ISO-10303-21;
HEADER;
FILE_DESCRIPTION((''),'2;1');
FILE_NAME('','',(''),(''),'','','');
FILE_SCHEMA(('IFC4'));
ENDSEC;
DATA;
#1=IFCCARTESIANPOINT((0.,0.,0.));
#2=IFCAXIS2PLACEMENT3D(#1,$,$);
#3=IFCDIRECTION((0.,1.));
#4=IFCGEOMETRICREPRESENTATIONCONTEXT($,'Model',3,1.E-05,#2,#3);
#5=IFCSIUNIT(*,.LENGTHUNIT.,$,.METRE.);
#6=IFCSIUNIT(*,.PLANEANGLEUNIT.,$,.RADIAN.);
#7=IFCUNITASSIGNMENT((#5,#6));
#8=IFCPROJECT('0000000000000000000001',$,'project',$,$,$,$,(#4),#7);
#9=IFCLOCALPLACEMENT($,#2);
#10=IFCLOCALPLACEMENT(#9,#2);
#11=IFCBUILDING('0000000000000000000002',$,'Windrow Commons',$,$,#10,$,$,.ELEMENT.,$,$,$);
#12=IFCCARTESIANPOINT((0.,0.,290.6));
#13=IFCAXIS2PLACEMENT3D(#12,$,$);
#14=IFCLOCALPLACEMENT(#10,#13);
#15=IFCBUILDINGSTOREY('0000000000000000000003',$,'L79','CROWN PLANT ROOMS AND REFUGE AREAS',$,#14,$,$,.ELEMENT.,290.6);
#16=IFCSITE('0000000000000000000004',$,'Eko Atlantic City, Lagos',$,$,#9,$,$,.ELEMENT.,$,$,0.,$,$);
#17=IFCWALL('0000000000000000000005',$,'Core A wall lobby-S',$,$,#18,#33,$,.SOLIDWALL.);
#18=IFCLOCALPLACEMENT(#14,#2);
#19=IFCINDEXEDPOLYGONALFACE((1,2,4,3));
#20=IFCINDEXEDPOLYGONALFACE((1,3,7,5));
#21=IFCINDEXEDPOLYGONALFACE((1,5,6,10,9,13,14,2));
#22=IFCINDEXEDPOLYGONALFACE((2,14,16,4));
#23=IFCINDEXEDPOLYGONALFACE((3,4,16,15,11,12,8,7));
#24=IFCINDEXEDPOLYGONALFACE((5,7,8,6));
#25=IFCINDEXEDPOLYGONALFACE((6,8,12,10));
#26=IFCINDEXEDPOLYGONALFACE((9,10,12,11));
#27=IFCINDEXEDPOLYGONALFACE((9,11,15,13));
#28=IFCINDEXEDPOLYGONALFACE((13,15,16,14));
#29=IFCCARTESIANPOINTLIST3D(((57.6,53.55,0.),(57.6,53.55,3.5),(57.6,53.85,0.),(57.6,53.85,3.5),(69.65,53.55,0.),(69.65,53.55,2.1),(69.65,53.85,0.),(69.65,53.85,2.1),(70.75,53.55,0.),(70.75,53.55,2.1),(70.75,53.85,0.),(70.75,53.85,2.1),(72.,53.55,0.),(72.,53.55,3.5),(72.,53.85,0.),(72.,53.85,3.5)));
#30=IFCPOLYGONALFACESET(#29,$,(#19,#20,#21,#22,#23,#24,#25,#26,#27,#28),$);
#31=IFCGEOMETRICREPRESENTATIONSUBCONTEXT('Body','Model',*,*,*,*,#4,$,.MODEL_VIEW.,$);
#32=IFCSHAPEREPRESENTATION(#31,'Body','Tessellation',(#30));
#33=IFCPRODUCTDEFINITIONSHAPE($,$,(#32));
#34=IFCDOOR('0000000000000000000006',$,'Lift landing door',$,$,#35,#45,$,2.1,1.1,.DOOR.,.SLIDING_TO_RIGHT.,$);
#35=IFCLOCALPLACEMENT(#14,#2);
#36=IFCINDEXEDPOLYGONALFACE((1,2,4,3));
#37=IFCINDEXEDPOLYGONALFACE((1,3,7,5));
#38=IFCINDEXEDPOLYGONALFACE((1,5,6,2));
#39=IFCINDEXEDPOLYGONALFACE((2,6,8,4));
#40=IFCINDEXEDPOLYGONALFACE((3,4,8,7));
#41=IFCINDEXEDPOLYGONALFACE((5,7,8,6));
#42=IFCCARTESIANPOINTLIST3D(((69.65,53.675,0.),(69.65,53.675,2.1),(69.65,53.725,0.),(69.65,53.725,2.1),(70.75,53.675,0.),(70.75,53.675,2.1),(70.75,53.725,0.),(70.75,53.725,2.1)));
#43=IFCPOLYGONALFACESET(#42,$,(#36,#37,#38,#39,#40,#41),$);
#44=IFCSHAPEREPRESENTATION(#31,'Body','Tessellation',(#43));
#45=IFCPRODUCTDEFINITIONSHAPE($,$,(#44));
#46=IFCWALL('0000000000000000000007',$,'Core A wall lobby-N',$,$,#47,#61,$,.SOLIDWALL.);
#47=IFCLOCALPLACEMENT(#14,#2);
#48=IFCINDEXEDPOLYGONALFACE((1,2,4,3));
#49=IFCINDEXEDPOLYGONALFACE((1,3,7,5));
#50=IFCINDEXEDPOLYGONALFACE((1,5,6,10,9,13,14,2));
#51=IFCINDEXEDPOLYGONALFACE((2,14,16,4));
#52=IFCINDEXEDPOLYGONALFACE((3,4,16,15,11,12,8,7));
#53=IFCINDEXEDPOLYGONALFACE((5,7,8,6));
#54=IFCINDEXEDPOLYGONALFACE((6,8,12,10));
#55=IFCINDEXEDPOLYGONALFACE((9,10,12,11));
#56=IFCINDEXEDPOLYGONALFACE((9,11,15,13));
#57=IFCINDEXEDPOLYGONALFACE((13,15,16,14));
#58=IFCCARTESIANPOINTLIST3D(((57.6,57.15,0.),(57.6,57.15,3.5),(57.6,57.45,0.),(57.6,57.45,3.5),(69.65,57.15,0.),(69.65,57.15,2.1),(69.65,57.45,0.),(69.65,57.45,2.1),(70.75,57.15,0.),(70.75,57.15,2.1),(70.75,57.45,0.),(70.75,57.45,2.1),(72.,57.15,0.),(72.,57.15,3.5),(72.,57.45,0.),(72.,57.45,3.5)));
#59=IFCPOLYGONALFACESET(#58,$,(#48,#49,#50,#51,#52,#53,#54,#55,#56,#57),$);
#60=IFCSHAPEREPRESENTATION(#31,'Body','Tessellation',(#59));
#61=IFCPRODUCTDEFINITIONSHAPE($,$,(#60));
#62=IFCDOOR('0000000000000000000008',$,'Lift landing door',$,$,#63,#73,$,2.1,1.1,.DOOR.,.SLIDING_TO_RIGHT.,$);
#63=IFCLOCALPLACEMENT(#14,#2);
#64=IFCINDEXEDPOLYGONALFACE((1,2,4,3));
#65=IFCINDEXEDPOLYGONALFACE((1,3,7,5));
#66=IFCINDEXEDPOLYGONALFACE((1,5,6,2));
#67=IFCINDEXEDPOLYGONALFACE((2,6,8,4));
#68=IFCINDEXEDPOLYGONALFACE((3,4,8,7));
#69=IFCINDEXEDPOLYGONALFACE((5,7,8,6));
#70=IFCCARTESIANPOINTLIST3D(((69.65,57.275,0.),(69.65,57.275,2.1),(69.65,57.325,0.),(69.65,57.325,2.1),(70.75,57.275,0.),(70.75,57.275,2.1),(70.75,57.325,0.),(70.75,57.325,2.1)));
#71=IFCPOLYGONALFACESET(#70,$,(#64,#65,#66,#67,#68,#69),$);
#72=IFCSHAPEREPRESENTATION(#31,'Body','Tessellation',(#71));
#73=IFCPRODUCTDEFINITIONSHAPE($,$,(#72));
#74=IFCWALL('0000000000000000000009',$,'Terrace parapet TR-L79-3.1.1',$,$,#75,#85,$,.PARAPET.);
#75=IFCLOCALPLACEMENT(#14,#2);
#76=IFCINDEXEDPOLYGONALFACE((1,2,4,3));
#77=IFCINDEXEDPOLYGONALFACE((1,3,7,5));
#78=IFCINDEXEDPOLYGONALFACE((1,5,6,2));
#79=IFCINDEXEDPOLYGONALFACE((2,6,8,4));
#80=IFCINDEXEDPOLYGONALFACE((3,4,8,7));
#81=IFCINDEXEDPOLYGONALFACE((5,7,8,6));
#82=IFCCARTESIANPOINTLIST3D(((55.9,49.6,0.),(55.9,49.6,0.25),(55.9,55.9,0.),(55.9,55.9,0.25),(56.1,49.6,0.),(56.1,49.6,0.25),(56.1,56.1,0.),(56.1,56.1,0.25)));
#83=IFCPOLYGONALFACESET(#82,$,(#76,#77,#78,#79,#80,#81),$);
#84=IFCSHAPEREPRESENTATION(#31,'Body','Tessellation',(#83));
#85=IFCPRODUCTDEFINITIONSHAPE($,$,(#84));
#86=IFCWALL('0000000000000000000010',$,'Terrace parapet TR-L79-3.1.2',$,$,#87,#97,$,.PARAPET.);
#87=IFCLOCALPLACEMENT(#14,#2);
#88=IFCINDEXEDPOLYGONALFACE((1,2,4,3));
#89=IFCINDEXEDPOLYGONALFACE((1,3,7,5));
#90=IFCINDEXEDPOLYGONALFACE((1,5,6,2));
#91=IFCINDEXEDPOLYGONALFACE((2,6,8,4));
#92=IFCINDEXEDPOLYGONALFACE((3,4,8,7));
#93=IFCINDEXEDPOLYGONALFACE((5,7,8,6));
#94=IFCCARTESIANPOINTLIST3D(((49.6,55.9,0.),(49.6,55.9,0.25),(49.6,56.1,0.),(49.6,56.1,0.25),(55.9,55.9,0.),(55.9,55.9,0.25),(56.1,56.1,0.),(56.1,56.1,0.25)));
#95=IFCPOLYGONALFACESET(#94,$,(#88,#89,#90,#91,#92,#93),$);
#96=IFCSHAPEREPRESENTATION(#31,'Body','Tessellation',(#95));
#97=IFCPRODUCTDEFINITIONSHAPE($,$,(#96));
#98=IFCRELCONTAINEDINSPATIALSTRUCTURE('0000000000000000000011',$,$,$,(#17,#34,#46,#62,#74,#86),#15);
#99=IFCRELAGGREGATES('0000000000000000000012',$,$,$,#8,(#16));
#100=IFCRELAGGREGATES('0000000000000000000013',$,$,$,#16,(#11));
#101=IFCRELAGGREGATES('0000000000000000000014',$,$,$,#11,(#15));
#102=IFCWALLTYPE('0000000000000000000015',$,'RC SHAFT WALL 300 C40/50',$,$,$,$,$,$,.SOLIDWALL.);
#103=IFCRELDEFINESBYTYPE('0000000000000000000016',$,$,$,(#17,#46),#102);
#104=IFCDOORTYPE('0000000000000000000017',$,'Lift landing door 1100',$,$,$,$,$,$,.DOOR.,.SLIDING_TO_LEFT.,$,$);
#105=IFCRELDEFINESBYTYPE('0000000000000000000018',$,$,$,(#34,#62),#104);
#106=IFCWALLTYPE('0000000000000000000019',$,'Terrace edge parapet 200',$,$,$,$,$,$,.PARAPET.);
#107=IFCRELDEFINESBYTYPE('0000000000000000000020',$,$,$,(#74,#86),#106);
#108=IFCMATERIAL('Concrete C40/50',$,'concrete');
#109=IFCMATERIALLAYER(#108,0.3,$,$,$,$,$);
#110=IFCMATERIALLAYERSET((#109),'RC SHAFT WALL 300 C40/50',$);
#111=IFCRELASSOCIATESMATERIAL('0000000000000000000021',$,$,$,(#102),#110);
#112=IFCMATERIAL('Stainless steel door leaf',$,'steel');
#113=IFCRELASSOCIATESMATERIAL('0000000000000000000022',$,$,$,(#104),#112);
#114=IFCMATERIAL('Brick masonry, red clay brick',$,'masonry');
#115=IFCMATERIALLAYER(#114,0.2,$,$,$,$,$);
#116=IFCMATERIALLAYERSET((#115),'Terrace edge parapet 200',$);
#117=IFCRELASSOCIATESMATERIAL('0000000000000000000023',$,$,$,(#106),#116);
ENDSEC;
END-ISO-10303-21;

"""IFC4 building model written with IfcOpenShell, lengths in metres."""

from ifc_helpers import new_model, si_unit, direction, frame, frame_2d, origin, place, context, subcontext, project, spatial, polyline, rectangle, outline, extrude, material, layer, layer_set, type_object, element, fill, save


model = new_model("IFC4")

# Units and contexts
model_context = context("Model", 3, precision=1e-05, world=origin(), true_north=direction((0.0, 1.0)))
body_context = subcontext(model_context, "Body", "Model", "MODEL_VIEW")
ifc_project = project(units=[si_unit("LENGTHUNIT", "METRE"), si_unit("PLANEANGLEUNIT", "RADIAN")], contexts=[model_context])

# Site, building, storey
site_placement = place(None, origin())
site = spatial("IfcSite", under=ifc_project, at=site_placement, Name="Eko Atlantic City, Lagos", CompositionType="ELEMENT", RefElevation=0.0)
building_placement = place(site_placement, origin())
building = spatial("IfcBuilding", under=site, at=building_placement, Name="Windrow Commons", CompositionType="ELEMENT")
storey_placement = place(building_placement, frame((0.0, 0.0, 290.6)))
storey = spatial("IfcBuildingStorey", under=building, at=storey_placement, Name="L79", Description="CROWN PLANT ROOMS AND REFUGE AREAS", CompositionType="ELEMENT", Elevation=290.6)

# Shared definitions
ifc_material_1 = material(Name="Concrete C40/50", Category="concrete")
ifc_layer_1 = layer(ifc_material_1, 0.3)
ifc_layer_set_1 = layer_set([ifc_layer_1], Name="RC SHAFT WALL 300 C40/50")
wall_type_1 = type_object("IfcWallType", Name="RC SHAFT WALL 300 C40/50", PredefinedType="SOLIDWALL", material=ifc_layer_set_1)

# Walls, openings, doors
wall_1_placement = place(storey_placement, frame((57.6, 53.7, 0.0), z_axis=(0.0, 0.0, 1.0), x_axis=(1.0, 0.0, 0.0)))
wall_1 = element("IfcWall", 1, at=wall_1_placement, inside=storey, type_object=wall_type_1, Name="Core A wall lobby-S", PredefinedType="SOLIDWALL", context=body_context, shape_type="SweptSolid", body=[
    extrude(rectangle(XDim=14.4, YDim=0.3, at=frame_2d((7.2, 0.0))), origin(), (0.0, 0.0, 1.0), 3.5),
])
opening_1_placement = place(wall_1_placement, frame((12.05, 0.0, 0.0)))
opening_1 = element("IfcOpeningElement", 2, at=opening_1_placement, cuts=wall_1, PredefinedType="OPENING", context=body_context, shape_type="SweptSolid", body=[
    extrude(rectangle(XDim=1.1, YDim=2.1, at=frame_2d((0.55, 1.05))), frame((0.0, 0.16, 0.0), z_axis=(0.0, -1.0, 0.0), x_axis=(1.0, 0.0, 0.0)), (0.0, 0.0, 1.0), 0.32),
])
ifc_material_2 = material(Name="Stainless steel door leaf", Category="steel")
door_type_1 = type_object("IfcDoorType", Name="Lift landing door 1100", OperationType="SLIDING_TO_LEFT", PredefinedType="DOOR", material=ifc_material_2)
door_1_placement = place(opening_1_placement, origin())
door_1 = element("IfcDoor", 3, at=door_1_placement, inside=storey, type_object=door_type_1, Name="Lift landing door", OperationType="SLIDING_TO_RIGHT", OverallHeight=2.1, OverallWidth=1.1, PredefinedType="DOOR", context=body_context, shape_type="SweptSolid", body=[
    extrude(rectangle(XDim=1.1, YDim=2.1, at=frame_2d((0.55, 1.05))), frame((0.0, 0.025, 0.0), z_axis=(0.0, -1.0, 0.0), x_axis=(1.0, 0.0, 0.0)), (0.0, 0.0, 1.0), 0.05),
])
fill(opening_1, door_1)
wall_2_placement = place(storey_placement, frame((57.6, 57.3, 0.0), z_axis=(0.0, 0.0, 1.0), x_axis=(1.0, 0.0, 0.0)))
wall_2 = element("IfcWall", 4, at=wall_2_placement, inside=storey, type_object=wall_type_1, Name="Core A wall lobby-N", PredefinedType="SOLIDWALL", context=body_context, shape_type="SweptSolid", body=[
    extrude(rectangle(XDim=14.4, YDim=0.3, at=frame_2d((7.2, 0.0))), origin(), (0.0, 0.0, 1.0), 3.5),
])
opening_2_placement = place(wall_2_placement, frame((12.05, 0.0, 0.0)))
opening_2 = element("IfcOpeningElement", 5, at=opening_2_placement, cuts=wall_2, PredefinedType="OPENING", context=body_context, shape_type="SweptSolid", body=[
    extrude(rectangle(XDim=1.1, YDim=2.1, at=frame_2d((0.55, 1.05))), frame((0.0, 0.16, 0.0), z_axis=(0.0, -1.0, 0.0), x_axis=(1.0, 0.0, 0.0)), (0.0, 0.0, 1.0), 0.32),
])
door_2_placement = place(opening_2_placement, origin())
door_2 = element("IfcDoor", 6, at=door_2_placement, inside=storey, type_object=door_type_1, Name="Lift landing door", OperationType="SLIDING_TO_RIGHT", OverallHeight=2.1, OverallWidth=1.1, PredefinedType="DOOR", context=body_context, shape_type="SweptSolid", body=[
    extrude(rectangle(XDim=1.1, YDim=2.1, at=frame_2d((0.55, 1.05))), frame((0.0, 0.025, 0.0), z_axis=(0.0, -1.0, 0.0), x_axis=(1.0, 0.0, 0.0)), (0.0, 0.0, 1.0), 0.05),
])
fill(opening_2, door_2)

# Walls
ifc_material_3 = material(Name="Brick masonry, red clay brick", Category="masonry")
ifc_layer_2 = layer(ifc_material_3, 0.2)
ifc_layer_set_2 = layer_set([ifc_layer_2], Name="Terrace edge parapet 200")
wall_type_2 = type_object("IfcWallType", Name="Terrace edge parapet 200", PredefinedType="PARAPET", material=ifc_layer_set_2)
wall_3_placement = place(storey_placement, frame((56.0, 49.6, 0.0), z_axis=(0.0, 0.0, 1.0), x_axis=(0.0, 1.0, 0.0)))
element("IfcWall", 7, at=wall_3_placement, inside=storey, type_object=wall_type_2, Name="Terrace parapet TR-L79-3.1.1", PredefinedType="PARAPET", context=body_context, shape_type="SweptSolid", body=[
    extrude(outline(polyline([(0.0, -0.1), (6.5, -0.1), (6.3, 0.1), (0.0, 0.1), (0.0, -0.1)])), origin(), (0.0, 0.0, 1.0), 0.25),
])
wall_4_placement = place(storey_placement, frame((56.0, 56.0, 0.0), z_axis=(0.0, 0.0, 1.0), x_axis=(-1.0, 0.0, 0.0)))
element("IfcWall", 8, at=wall_4_placement, inside=storey, type_object=wall_type_2, Name="Terrace parapet TR-L79-3.1.2", PredefinedType="PARAPET", context=body_context, shape_type="SweptSolid", body=[
    extrude(outline(polyline([(-0.1, -0.1), (6.4, -0.1), (6.4, 0.1), (0.1, 0.1), (-0.1, -0.1)])), origin(), (0.0, 0.0, 1.0), 0.25),
])

save(model, "model.ifc")
